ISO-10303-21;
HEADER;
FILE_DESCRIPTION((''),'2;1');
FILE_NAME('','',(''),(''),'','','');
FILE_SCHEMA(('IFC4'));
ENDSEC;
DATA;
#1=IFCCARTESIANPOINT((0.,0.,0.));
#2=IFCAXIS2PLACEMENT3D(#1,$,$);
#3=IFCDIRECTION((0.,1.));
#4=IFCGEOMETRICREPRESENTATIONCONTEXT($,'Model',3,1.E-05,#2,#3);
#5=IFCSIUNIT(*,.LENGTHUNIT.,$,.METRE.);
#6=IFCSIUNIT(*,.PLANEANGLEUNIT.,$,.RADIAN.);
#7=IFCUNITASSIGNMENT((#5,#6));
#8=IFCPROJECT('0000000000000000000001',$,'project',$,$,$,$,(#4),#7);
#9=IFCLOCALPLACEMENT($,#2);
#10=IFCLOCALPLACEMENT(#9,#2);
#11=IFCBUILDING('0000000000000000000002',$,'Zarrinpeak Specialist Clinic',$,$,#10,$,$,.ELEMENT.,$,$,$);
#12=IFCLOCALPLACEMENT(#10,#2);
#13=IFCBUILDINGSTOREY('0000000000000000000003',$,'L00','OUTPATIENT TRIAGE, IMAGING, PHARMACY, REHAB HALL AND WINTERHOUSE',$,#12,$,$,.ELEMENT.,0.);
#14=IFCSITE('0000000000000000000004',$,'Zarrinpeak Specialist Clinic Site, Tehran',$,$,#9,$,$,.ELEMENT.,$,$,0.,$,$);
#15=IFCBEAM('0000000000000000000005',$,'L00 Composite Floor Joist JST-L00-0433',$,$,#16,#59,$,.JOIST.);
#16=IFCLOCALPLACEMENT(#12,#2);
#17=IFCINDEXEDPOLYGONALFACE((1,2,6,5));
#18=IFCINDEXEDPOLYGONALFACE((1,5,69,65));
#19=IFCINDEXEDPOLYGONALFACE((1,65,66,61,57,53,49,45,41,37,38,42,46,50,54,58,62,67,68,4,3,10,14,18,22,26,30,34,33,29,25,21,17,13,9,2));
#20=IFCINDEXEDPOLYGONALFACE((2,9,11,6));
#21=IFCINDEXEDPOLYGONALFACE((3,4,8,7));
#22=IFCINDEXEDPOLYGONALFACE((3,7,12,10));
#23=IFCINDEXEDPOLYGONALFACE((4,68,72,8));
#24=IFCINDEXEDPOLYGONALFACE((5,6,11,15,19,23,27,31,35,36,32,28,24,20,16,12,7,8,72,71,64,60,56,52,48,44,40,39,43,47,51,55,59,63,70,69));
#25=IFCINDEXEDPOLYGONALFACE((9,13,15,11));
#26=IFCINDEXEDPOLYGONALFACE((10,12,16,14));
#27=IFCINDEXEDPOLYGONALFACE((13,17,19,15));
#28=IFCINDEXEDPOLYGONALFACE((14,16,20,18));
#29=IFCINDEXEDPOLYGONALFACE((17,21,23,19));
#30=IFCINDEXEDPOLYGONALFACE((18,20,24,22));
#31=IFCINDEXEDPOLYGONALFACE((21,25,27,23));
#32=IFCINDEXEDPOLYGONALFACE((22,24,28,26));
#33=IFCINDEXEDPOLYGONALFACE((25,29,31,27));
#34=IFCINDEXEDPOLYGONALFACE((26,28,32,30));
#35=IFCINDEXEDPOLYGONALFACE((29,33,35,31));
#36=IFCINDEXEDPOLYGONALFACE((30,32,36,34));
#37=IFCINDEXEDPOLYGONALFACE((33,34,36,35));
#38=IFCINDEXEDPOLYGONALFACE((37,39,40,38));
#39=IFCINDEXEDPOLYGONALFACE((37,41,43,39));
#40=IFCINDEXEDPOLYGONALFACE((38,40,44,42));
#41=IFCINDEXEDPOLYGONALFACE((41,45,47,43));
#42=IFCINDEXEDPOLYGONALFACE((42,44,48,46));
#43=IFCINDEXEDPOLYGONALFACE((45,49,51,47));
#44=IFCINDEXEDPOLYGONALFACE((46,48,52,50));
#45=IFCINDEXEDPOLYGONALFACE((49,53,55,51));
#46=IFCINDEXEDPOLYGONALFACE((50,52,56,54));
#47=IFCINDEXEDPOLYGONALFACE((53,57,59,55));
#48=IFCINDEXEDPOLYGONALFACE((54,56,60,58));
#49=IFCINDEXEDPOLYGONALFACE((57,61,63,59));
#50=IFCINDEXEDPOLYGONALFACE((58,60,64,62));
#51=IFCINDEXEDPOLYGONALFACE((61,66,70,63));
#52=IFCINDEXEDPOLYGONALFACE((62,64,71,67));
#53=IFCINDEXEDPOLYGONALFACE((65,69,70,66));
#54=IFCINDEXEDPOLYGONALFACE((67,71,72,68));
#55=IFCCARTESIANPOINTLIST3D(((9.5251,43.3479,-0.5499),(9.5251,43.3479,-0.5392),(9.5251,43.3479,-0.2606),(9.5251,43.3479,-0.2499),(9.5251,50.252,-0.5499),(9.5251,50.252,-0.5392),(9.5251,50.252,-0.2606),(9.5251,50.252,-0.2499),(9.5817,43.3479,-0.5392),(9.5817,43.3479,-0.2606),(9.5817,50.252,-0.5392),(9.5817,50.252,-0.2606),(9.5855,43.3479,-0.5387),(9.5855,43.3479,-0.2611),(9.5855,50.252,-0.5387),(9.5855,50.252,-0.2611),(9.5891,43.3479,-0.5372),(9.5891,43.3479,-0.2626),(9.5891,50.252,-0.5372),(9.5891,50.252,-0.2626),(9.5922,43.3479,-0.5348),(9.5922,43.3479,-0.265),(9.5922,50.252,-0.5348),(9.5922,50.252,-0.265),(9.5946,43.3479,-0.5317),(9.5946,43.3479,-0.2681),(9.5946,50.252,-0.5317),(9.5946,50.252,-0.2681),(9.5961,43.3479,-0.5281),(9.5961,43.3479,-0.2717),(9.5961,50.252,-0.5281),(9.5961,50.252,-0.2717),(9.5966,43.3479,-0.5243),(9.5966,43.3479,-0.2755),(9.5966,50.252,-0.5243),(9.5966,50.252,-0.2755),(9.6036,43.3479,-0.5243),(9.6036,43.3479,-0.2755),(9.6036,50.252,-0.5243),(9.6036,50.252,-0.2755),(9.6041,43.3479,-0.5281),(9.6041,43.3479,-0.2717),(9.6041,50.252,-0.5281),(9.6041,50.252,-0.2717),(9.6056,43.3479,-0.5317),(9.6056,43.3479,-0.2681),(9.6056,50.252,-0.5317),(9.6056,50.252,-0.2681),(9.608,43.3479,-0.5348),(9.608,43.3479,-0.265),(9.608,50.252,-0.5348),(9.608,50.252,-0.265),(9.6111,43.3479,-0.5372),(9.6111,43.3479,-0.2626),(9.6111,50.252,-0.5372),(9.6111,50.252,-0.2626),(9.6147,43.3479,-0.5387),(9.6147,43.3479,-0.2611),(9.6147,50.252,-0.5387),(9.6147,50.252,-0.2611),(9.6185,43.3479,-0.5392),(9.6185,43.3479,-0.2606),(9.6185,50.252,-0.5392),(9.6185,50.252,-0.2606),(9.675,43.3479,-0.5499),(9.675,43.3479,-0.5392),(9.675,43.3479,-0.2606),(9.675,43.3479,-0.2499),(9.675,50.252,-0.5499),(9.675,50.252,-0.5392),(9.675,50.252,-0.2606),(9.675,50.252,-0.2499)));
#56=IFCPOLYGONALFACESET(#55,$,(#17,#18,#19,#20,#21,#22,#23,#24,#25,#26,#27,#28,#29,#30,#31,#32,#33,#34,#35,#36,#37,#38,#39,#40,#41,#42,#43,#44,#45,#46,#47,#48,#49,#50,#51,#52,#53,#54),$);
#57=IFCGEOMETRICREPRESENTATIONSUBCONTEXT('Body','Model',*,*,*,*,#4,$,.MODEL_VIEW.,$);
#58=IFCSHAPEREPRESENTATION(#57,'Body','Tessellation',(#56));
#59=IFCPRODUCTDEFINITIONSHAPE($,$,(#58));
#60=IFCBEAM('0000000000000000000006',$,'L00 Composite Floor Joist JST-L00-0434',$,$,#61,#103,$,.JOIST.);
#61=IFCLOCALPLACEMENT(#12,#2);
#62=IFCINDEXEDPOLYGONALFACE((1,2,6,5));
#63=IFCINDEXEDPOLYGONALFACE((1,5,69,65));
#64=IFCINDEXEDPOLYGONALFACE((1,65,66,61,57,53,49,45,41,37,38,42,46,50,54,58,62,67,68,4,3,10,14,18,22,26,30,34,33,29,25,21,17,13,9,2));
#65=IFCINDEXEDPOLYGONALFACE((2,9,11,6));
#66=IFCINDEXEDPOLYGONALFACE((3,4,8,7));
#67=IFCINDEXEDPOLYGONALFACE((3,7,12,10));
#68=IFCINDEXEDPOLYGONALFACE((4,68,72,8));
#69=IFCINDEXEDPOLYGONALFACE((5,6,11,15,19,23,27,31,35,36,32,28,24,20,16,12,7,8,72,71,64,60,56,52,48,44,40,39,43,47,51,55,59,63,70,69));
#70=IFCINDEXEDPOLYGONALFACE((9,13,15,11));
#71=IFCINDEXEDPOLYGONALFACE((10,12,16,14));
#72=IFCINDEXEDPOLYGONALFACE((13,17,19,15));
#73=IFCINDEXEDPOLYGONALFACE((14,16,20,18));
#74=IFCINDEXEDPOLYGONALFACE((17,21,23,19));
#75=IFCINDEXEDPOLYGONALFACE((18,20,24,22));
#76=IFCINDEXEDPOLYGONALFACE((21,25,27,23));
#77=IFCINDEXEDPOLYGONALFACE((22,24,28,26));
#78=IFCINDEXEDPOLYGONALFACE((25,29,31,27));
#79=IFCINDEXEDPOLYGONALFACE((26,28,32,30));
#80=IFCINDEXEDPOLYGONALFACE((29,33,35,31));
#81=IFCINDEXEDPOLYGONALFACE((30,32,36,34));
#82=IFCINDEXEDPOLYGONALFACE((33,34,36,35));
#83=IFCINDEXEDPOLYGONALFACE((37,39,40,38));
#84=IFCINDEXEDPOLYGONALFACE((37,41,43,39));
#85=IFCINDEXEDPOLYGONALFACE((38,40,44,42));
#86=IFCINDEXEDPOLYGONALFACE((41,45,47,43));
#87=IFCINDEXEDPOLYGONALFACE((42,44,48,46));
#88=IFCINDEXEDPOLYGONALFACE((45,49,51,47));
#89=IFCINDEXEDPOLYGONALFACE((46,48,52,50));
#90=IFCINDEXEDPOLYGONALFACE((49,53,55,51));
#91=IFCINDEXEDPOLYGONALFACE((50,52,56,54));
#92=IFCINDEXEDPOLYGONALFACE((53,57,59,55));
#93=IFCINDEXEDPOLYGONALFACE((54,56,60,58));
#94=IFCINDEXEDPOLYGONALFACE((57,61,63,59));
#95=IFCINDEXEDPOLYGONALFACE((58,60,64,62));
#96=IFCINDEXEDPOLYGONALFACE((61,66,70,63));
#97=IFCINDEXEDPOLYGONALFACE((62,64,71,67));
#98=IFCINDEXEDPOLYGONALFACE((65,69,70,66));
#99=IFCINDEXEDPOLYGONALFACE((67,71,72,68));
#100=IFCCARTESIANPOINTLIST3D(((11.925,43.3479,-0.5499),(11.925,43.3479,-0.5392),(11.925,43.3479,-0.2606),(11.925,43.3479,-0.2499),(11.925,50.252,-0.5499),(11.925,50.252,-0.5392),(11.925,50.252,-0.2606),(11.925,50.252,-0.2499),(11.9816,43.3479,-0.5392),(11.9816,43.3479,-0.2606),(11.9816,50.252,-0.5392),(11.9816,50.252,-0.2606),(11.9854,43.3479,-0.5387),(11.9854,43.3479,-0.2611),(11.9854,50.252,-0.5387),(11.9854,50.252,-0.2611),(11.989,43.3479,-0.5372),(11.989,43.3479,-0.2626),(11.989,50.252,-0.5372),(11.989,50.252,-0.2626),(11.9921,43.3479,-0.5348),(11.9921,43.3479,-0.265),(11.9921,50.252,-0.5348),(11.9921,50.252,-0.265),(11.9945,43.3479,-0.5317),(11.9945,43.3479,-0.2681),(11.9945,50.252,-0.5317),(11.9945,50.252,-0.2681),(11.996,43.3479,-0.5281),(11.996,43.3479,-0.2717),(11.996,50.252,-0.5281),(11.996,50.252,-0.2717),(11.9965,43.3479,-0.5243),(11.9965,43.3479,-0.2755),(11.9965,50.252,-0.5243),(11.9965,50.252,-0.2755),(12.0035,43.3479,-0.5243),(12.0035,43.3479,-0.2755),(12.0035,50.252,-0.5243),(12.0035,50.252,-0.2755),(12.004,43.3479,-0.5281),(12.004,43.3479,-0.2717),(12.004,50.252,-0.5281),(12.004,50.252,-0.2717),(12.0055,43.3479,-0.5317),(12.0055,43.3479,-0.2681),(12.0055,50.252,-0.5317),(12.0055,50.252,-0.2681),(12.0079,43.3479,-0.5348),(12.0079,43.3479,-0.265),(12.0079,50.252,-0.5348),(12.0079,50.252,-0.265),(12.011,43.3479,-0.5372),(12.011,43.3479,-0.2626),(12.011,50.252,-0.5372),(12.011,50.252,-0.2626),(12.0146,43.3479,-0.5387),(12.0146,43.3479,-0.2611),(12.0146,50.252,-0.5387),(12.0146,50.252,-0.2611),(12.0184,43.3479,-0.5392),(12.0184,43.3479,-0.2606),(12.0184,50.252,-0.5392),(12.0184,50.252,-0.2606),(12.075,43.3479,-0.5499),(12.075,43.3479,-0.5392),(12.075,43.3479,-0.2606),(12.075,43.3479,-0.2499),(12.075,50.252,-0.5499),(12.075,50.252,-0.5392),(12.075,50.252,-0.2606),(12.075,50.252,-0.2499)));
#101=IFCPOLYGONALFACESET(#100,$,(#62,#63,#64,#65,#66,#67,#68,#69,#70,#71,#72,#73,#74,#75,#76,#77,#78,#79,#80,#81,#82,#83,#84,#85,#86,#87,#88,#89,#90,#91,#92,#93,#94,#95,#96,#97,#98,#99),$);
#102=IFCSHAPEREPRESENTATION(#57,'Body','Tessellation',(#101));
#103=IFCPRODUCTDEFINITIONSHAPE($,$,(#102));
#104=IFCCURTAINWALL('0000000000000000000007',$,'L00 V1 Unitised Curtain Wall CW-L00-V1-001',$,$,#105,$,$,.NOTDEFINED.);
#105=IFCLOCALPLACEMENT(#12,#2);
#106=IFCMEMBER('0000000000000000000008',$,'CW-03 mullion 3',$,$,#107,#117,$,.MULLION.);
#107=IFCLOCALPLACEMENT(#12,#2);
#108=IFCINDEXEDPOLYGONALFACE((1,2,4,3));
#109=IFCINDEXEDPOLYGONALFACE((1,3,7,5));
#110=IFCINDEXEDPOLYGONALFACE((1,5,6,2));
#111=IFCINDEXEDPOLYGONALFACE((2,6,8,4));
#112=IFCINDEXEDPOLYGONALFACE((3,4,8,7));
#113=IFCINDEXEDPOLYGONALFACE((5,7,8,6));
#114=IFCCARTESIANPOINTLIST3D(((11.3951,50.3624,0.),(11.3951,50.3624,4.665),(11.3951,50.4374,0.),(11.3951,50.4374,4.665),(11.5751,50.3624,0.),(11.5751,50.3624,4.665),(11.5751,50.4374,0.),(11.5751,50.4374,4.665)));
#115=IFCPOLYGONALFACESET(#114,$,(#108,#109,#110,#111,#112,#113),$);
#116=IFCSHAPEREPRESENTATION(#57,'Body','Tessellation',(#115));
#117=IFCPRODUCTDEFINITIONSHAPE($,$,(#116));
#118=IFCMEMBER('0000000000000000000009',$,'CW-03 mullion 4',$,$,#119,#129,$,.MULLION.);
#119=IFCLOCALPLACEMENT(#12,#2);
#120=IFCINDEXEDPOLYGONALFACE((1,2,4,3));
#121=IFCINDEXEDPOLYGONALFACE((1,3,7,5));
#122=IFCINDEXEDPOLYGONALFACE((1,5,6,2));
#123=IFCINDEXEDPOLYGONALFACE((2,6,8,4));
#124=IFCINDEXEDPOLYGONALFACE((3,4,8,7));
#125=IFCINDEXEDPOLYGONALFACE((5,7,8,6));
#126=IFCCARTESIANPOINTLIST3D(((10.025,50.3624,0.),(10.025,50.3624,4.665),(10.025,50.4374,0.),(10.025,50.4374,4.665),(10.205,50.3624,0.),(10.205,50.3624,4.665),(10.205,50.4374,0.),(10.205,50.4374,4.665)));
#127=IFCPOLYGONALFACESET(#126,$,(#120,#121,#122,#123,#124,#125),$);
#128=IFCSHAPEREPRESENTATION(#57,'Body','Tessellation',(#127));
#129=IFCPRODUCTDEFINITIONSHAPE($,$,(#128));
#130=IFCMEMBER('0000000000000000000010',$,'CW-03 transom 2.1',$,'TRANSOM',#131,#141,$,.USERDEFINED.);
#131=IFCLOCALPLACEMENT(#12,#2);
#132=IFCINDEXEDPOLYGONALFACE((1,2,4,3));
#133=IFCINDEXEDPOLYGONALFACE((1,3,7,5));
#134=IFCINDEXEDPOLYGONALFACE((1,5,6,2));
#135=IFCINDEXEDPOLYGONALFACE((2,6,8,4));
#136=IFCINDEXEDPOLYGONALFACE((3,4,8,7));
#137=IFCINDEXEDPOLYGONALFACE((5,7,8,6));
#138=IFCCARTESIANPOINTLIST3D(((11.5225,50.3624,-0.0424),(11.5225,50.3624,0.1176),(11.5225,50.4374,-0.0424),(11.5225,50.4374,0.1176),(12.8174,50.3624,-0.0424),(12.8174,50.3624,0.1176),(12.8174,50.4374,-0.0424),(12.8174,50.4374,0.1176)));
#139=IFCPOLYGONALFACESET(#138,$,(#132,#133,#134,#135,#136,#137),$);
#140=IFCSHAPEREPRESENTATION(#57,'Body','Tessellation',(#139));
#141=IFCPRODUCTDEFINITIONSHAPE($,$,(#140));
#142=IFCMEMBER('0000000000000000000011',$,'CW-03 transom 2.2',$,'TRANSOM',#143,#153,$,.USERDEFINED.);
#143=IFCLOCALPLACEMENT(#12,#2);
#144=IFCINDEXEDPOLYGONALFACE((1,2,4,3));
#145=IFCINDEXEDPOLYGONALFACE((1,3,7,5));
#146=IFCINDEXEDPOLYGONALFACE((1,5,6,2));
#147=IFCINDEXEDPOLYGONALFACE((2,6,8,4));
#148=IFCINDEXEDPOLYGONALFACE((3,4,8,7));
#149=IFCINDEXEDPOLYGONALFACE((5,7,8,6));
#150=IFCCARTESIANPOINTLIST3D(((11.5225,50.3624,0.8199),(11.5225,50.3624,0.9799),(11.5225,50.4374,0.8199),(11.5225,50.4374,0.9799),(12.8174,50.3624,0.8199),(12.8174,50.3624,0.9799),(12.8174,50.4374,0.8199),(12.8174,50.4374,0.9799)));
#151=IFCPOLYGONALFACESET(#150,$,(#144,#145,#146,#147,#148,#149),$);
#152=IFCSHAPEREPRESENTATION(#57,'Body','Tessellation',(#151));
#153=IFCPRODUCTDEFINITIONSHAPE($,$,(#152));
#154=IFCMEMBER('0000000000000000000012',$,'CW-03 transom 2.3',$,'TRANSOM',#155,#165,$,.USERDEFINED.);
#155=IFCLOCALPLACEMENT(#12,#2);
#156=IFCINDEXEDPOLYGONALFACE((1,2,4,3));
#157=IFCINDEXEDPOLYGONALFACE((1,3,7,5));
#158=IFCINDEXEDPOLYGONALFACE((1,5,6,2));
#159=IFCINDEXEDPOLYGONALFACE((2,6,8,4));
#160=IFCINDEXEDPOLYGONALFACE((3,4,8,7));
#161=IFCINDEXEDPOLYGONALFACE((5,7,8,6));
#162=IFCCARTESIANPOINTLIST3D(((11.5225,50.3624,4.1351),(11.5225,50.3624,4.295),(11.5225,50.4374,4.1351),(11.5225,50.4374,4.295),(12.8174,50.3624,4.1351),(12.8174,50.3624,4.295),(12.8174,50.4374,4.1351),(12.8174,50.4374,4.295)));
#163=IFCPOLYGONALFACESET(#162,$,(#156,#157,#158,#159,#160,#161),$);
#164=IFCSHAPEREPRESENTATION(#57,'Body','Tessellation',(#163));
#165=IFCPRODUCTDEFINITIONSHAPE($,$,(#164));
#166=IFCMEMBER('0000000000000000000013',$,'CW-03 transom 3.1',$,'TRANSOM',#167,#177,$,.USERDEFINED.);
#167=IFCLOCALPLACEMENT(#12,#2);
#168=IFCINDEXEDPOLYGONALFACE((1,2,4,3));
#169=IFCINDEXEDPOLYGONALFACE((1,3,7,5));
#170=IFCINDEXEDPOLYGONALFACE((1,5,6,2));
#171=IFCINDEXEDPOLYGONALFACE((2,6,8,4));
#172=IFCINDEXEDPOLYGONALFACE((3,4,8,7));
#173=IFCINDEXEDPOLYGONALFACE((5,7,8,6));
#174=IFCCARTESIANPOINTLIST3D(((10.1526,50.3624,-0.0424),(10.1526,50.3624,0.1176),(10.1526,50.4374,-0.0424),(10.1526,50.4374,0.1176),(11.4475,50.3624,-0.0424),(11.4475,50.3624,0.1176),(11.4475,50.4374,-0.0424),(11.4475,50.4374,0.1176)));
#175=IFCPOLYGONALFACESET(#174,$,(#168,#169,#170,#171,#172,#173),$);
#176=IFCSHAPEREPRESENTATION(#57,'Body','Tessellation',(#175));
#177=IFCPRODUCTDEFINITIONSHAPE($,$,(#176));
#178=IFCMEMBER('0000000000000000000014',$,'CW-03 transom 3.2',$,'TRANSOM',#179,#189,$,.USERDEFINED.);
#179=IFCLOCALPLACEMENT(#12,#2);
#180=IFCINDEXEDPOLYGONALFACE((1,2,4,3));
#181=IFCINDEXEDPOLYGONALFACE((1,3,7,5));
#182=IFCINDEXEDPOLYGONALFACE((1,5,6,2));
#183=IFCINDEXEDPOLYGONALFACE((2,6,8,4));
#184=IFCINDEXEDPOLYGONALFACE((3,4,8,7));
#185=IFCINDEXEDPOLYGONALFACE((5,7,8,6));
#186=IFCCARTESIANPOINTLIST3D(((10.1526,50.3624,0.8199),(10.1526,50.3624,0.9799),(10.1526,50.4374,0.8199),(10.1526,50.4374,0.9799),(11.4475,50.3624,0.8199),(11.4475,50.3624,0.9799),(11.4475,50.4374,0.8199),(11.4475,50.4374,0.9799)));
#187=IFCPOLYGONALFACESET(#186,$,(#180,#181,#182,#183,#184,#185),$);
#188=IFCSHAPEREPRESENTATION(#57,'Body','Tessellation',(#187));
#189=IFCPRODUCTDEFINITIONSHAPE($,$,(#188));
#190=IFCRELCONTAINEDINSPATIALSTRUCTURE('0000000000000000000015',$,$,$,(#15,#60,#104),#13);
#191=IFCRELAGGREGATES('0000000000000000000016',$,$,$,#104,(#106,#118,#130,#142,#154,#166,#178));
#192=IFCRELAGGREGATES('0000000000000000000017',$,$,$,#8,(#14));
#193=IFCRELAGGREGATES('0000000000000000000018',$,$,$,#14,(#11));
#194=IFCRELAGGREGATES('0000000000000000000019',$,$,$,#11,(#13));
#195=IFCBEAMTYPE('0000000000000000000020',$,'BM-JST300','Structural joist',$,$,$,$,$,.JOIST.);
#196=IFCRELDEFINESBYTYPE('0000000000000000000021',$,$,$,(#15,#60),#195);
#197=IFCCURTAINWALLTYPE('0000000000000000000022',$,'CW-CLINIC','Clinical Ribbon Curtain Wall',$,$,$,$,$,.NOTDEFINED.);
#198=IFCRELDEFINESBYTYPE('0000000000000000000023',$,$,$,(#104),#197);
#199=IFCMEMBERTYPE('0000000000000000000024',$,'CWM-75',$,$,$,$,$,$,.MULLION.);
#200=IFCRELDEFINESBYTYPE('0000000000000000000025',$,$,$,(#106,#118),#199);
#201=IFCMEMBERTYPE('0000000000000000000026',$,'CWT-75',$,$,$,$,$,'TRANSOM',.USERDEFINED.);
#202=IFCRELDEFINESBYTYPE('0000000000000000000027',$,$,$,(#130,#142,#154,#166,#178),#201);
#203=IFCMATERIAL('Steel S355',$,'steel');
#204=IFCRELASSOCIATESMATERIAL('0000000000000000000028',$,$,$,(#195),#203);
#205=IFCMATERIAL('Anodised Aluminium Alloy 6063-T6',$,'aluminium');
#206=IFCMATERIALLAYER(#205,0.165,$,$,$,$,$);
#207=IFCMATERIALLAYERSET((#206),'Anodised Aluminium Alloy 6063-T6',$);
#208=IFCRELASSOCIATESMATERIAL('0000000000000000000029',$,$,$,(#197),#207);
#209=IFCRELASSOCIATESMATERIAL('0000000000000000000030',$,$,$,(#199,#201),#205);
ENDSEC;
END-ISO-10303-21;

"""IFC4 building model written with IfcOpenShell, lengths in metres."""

from ifc_helpers import new_model, si_unit, direction, frame, origin, origin_2d, place, context, subcontext, project, spatial, rectangle, i_section, extrude, material, layer, layer_set, material_profile, profile_set, type_object, element, aggregate, save


model = new_model("IFC4")

# Units and contexts
model_context = context("Model", 3, precision=1e-05, world=origin(), true_north=direction((0.0, 1.0)))
body_context = subcontext(model_context, "Body", "Model", "MODEL_VIEW")
ifc_project = project(units=[si_unit("LENGTHUNIT", "METRE"), si_unit("PLANEANGLEUNIT", "RADIAN")], contexts=[model_context])

# Site, building, storey
site_placement = place(None, origin())
site = spatial("IfcSite", under=ifc_project, at=site_placement, Name="Zarrinpeak Specialist Clinic Site, Tehran", CompositionType="ELEMENT", RefElevation=0.0)
building_placement = place(site_placement, origin())
building = spatial("IfcBuilding", under=site, at=building_placement, Name="Zarrinpeak Specialist Clinic", CompositionType="ELEMENT")
storey_placement = place(building_placement, origin())
storey = spatial("IfcBuildingStorey", under=building, at=storey_placement, Name="L00", Description="OUTPATIENT TRIAGE, IMAGING, PHARMACY, REHAB HALL AND WINTERHOUSE", CompositionType="ELEMENT", Elevation=0.0)

# Beams
ifc_material_1 = material(Name="Steel S355", Category="steel")
ifc_material_profile_1 = material_profile(ifc_material_1, i_section(OverallWidth=0.1499, OverallDepth=0.3, WebThickness=0.0071, FlangeThickness=0.0107, FilletRadius=0.0149, at=origin_2d()), Name="IPE 300")
ifc_profile_set_1 = profile_set([ifc_material_profile_1], Name="Steel S355")
beam_type = type_object("IfcBeamType", Name="BM-JST300", Description="Structural joist", PredefinedType="JOIST", material=ifc_profile_set_1)
for number, where, z_axis, x_axis, name in (
    (1, (9.6001, 43.3479, -0.3999), (0.0, 1.0, 0.0), (-1.0, 0.0, 0.0), "L00 Composite Floor Joist JST-L00-0433"),
    (2, (12.0, 43.3479, -0.3999), (0.0, 1.0, 0.0), (-1.0, 0.0, 0.0), "L00 Composite Floor Joist JST-L00-0434"),
):
    element("IfcBeam", number, at=place(storey_placement, frame(where, z_axis=z_axis, x_axis=x_axis)), inside=storey, type_object=beam_type, Name=name, PredefinedType="JOIST", context=body_context, shape_type="SweptSolid", body=[
        extrude(i_section(OverallWidth=0.1499, OverallDepth=0.3, WebThickness=0.0071, FlangeThickness=0.0107, FilletRadius=0.0149, at=origin_2d()), origin(), (0.0, 0.0, 1.0), 6.9041),
    ])

# Curtain wall, members
ifc_material_2 = material(Name="Anodised Aluminium Alloy 6063-T6", Category="aluminium")
ifc_layer_1 = layer(ifc_material_2, 0.165)
ifc_layer_set_1 = layer_set([ifc_layer_1], Name="Anodised Aluminium Alloy 6063-T6")
curtain_wall_type = type_object("IfcCurtainWallType", Name="CW-CLINIC", Description="Clinical Ribbon Curtain Wall", PredefinedType="NOTDEFINED", material=ifc_layer_set_1)
curtain_wall_placement = place(storey_placement, origin())
curtain_wall = element("IfcCurtainWall", 3, at=curtain_wall_placement, inside=storey, type_object=curtain_wall_type, Name="L00 V1 Unitised Curtain Wall CW-L00-V1-001", PredefinedType="NOTDEFINED")
ifc_material_profile_2 = material_profile(ifc_material_2, rectangle(XDim=0.075, YDim=0.1799, at=origin_2d()), Name="ALU 75x180")
ifc_profile_set_2 = profile_set([ifc_material_profile_2], Name="Anodised Aluminium Alloy 6063-T6")
member_type_1 = type_object("IfcMemberType", Name="CWM-75", PredefinedType="MULLION", material=ifc_profile_set_2)
member_1_placement = place(storey_placement, frame((11.4851, 50.3999, 0.0), z_axis=(0.0, 0.0, 1.0), x_axis=(0.0, -1.0, 0.0)))
member_1 = element("IfcMember", 4, at=member_1_placement, type_object=member_type_1, Name="CW-03 mullion 3", PredefinedType="MULLION", context=body_context, shape_type="SweptSolid", body=[
    extrude(rectangle(XDim=0.075, YDim=0.1799, at=origin_2d()), origin(), (0.0, 0.0, 1.0), 4.665),
])
member_2_placement = place(storey_placement, frame((10.115, 50.3999, 0.0), z_axis=(0.0, 0.0, 1.0), x_axis=(0.0, -1.0, 0.0)))
member_2 = element("IfcMember", 5, at=member_2_placement, type_object=member_type_1, Name="CW-03 mullion 4", PredefinedType="MULLION", context=body_context, shape_type="SweptSolid", body=[
    extrude(rectangle(XDim=0.075, YDim=0.1799, at=origin_2d()), origin(), (0.0, 0.0, 1.0), 4.665),
])
ifc_material_profile_3 = material_profile(ifc_material_2, rectangle(XDim=0.075, YDim=0.1599, at=origin_2d()), Name="ALU 75x160")
ifc_profile_set_3 = profile_set([ifc_material_profile_3], Name="Anodised Aluminium Alloy 6063-T6")
member_type_2 = type_object("IfcMemberType", Name="CWT-75", ElementType="TRANSOM", PredefinedType="USERDEFINED", material=ifc_profile_set_3)
member_3_placement = place(storey_placement, frame((12.8174, 50.3999, 0.0376), z_axis=(-1.0, 0.0, 0.0), x_axis=(0.0, -1.0, 0.0)))
member_3 = element("IfcMember", 6, at=member_3_placement, type_object=member_type_2, Name="CW-03 transom 2.1", ObjectType="TRANSOM", PredefinedType="USERDEFINED", context=body_context, shape_type="SweptSolid", body=[
    extrude(rectangle(XDim=0.075, YDim=0.1599, at=origin_2d()), origin(), (0.0, 0.0, 1.0), 1.2949),
])
member_4_placement = place(storey_placement, frame((12.8174, 50.3999, 0.8999), z_axis=(-1.0, 0.0, 0.0), x_axis=(0.0, -1.0, 0.0)))
member_4 = element("IfcMember", 7, at=member_4_placement, type_object=member_type_2, Name="CW-03 transom 2.2", ObjectType="TRANSOM", PredefinedType="USERDEFINED", context=body_context, shape_type="SweptSolid", body=[
    extrude(rectangle(XDim=0.075, YDim=0.1599, at=origin_2d()), origin(), (0.0, 0.0, 1.0), 1.2949),
])
member_5_placement = place(storey_placement, frame((12.8174, 50.3999, 4.2151), z_axis=(-1.0, 0.0, 0.0), x_axis=(0.0, -1.0, 0.0)))
member_5 = element("IfcMember", 8, at=member_5_placement, type_object=member_type_2, Name="CW-03 transom 2.3", ObjectType="TRANSOM", PredefinedType="USERDEFINED", context=body_context, shape_type="SweptSolid", body=[
    extrude(rectangle(XDim=0.075, YDim=0.1599, at=origin_2d()), origin(), (0.0, 0.0, 1.0), 1.2949),
])
member_6_placement = place(storey_placement, frame((11.4475, 50.3999, 0.0376), z_axis=(-1.0, 0.0, 0.0), x_axis=(0.0, -1.0, 0.0)))
member_6 = element("IfcMember", 9, at=member_6_placement, type_object=member_type_2, Name="CW-03 transom 3.1", ObjectType="TRANSOM", PredefinedType="USERDEFINED", context=body_context, shape_type="SweptSolid", body=[
    extrude(rectangle(XDim=0.075, YDim=0.1599, at=origin_2d()), origin(), (0.0, 0.0, 1.0), 1.2949),
])
member_7_placement = place(storey_placement, frame((11.4475, 50.3999, 0.8999), z_axis=(-1.0, 0.0, 0.0), x_axis=(0.0, -1.0, 0.0)))
member_7 = element("IfcMember", 10, at=member_7_placement, type_object=member_type_2, Name="CW-03 transom 3.2", ObjectType="TRANSOM", PredefinedType="USERDEFINED", context=body_context, shape_type="SweptSolid", body=[
    extrude(rectangle(XDim=0.075, YDim=0.1599, at=origin_2d()), origin(), (0.0, 0.0, 1.0), 1.2949),
])
aggregate(curtain_wall, [member_1, member_2, member_3, member_4, member_5, member_6, member_7])

save(model, "model.ifc")
